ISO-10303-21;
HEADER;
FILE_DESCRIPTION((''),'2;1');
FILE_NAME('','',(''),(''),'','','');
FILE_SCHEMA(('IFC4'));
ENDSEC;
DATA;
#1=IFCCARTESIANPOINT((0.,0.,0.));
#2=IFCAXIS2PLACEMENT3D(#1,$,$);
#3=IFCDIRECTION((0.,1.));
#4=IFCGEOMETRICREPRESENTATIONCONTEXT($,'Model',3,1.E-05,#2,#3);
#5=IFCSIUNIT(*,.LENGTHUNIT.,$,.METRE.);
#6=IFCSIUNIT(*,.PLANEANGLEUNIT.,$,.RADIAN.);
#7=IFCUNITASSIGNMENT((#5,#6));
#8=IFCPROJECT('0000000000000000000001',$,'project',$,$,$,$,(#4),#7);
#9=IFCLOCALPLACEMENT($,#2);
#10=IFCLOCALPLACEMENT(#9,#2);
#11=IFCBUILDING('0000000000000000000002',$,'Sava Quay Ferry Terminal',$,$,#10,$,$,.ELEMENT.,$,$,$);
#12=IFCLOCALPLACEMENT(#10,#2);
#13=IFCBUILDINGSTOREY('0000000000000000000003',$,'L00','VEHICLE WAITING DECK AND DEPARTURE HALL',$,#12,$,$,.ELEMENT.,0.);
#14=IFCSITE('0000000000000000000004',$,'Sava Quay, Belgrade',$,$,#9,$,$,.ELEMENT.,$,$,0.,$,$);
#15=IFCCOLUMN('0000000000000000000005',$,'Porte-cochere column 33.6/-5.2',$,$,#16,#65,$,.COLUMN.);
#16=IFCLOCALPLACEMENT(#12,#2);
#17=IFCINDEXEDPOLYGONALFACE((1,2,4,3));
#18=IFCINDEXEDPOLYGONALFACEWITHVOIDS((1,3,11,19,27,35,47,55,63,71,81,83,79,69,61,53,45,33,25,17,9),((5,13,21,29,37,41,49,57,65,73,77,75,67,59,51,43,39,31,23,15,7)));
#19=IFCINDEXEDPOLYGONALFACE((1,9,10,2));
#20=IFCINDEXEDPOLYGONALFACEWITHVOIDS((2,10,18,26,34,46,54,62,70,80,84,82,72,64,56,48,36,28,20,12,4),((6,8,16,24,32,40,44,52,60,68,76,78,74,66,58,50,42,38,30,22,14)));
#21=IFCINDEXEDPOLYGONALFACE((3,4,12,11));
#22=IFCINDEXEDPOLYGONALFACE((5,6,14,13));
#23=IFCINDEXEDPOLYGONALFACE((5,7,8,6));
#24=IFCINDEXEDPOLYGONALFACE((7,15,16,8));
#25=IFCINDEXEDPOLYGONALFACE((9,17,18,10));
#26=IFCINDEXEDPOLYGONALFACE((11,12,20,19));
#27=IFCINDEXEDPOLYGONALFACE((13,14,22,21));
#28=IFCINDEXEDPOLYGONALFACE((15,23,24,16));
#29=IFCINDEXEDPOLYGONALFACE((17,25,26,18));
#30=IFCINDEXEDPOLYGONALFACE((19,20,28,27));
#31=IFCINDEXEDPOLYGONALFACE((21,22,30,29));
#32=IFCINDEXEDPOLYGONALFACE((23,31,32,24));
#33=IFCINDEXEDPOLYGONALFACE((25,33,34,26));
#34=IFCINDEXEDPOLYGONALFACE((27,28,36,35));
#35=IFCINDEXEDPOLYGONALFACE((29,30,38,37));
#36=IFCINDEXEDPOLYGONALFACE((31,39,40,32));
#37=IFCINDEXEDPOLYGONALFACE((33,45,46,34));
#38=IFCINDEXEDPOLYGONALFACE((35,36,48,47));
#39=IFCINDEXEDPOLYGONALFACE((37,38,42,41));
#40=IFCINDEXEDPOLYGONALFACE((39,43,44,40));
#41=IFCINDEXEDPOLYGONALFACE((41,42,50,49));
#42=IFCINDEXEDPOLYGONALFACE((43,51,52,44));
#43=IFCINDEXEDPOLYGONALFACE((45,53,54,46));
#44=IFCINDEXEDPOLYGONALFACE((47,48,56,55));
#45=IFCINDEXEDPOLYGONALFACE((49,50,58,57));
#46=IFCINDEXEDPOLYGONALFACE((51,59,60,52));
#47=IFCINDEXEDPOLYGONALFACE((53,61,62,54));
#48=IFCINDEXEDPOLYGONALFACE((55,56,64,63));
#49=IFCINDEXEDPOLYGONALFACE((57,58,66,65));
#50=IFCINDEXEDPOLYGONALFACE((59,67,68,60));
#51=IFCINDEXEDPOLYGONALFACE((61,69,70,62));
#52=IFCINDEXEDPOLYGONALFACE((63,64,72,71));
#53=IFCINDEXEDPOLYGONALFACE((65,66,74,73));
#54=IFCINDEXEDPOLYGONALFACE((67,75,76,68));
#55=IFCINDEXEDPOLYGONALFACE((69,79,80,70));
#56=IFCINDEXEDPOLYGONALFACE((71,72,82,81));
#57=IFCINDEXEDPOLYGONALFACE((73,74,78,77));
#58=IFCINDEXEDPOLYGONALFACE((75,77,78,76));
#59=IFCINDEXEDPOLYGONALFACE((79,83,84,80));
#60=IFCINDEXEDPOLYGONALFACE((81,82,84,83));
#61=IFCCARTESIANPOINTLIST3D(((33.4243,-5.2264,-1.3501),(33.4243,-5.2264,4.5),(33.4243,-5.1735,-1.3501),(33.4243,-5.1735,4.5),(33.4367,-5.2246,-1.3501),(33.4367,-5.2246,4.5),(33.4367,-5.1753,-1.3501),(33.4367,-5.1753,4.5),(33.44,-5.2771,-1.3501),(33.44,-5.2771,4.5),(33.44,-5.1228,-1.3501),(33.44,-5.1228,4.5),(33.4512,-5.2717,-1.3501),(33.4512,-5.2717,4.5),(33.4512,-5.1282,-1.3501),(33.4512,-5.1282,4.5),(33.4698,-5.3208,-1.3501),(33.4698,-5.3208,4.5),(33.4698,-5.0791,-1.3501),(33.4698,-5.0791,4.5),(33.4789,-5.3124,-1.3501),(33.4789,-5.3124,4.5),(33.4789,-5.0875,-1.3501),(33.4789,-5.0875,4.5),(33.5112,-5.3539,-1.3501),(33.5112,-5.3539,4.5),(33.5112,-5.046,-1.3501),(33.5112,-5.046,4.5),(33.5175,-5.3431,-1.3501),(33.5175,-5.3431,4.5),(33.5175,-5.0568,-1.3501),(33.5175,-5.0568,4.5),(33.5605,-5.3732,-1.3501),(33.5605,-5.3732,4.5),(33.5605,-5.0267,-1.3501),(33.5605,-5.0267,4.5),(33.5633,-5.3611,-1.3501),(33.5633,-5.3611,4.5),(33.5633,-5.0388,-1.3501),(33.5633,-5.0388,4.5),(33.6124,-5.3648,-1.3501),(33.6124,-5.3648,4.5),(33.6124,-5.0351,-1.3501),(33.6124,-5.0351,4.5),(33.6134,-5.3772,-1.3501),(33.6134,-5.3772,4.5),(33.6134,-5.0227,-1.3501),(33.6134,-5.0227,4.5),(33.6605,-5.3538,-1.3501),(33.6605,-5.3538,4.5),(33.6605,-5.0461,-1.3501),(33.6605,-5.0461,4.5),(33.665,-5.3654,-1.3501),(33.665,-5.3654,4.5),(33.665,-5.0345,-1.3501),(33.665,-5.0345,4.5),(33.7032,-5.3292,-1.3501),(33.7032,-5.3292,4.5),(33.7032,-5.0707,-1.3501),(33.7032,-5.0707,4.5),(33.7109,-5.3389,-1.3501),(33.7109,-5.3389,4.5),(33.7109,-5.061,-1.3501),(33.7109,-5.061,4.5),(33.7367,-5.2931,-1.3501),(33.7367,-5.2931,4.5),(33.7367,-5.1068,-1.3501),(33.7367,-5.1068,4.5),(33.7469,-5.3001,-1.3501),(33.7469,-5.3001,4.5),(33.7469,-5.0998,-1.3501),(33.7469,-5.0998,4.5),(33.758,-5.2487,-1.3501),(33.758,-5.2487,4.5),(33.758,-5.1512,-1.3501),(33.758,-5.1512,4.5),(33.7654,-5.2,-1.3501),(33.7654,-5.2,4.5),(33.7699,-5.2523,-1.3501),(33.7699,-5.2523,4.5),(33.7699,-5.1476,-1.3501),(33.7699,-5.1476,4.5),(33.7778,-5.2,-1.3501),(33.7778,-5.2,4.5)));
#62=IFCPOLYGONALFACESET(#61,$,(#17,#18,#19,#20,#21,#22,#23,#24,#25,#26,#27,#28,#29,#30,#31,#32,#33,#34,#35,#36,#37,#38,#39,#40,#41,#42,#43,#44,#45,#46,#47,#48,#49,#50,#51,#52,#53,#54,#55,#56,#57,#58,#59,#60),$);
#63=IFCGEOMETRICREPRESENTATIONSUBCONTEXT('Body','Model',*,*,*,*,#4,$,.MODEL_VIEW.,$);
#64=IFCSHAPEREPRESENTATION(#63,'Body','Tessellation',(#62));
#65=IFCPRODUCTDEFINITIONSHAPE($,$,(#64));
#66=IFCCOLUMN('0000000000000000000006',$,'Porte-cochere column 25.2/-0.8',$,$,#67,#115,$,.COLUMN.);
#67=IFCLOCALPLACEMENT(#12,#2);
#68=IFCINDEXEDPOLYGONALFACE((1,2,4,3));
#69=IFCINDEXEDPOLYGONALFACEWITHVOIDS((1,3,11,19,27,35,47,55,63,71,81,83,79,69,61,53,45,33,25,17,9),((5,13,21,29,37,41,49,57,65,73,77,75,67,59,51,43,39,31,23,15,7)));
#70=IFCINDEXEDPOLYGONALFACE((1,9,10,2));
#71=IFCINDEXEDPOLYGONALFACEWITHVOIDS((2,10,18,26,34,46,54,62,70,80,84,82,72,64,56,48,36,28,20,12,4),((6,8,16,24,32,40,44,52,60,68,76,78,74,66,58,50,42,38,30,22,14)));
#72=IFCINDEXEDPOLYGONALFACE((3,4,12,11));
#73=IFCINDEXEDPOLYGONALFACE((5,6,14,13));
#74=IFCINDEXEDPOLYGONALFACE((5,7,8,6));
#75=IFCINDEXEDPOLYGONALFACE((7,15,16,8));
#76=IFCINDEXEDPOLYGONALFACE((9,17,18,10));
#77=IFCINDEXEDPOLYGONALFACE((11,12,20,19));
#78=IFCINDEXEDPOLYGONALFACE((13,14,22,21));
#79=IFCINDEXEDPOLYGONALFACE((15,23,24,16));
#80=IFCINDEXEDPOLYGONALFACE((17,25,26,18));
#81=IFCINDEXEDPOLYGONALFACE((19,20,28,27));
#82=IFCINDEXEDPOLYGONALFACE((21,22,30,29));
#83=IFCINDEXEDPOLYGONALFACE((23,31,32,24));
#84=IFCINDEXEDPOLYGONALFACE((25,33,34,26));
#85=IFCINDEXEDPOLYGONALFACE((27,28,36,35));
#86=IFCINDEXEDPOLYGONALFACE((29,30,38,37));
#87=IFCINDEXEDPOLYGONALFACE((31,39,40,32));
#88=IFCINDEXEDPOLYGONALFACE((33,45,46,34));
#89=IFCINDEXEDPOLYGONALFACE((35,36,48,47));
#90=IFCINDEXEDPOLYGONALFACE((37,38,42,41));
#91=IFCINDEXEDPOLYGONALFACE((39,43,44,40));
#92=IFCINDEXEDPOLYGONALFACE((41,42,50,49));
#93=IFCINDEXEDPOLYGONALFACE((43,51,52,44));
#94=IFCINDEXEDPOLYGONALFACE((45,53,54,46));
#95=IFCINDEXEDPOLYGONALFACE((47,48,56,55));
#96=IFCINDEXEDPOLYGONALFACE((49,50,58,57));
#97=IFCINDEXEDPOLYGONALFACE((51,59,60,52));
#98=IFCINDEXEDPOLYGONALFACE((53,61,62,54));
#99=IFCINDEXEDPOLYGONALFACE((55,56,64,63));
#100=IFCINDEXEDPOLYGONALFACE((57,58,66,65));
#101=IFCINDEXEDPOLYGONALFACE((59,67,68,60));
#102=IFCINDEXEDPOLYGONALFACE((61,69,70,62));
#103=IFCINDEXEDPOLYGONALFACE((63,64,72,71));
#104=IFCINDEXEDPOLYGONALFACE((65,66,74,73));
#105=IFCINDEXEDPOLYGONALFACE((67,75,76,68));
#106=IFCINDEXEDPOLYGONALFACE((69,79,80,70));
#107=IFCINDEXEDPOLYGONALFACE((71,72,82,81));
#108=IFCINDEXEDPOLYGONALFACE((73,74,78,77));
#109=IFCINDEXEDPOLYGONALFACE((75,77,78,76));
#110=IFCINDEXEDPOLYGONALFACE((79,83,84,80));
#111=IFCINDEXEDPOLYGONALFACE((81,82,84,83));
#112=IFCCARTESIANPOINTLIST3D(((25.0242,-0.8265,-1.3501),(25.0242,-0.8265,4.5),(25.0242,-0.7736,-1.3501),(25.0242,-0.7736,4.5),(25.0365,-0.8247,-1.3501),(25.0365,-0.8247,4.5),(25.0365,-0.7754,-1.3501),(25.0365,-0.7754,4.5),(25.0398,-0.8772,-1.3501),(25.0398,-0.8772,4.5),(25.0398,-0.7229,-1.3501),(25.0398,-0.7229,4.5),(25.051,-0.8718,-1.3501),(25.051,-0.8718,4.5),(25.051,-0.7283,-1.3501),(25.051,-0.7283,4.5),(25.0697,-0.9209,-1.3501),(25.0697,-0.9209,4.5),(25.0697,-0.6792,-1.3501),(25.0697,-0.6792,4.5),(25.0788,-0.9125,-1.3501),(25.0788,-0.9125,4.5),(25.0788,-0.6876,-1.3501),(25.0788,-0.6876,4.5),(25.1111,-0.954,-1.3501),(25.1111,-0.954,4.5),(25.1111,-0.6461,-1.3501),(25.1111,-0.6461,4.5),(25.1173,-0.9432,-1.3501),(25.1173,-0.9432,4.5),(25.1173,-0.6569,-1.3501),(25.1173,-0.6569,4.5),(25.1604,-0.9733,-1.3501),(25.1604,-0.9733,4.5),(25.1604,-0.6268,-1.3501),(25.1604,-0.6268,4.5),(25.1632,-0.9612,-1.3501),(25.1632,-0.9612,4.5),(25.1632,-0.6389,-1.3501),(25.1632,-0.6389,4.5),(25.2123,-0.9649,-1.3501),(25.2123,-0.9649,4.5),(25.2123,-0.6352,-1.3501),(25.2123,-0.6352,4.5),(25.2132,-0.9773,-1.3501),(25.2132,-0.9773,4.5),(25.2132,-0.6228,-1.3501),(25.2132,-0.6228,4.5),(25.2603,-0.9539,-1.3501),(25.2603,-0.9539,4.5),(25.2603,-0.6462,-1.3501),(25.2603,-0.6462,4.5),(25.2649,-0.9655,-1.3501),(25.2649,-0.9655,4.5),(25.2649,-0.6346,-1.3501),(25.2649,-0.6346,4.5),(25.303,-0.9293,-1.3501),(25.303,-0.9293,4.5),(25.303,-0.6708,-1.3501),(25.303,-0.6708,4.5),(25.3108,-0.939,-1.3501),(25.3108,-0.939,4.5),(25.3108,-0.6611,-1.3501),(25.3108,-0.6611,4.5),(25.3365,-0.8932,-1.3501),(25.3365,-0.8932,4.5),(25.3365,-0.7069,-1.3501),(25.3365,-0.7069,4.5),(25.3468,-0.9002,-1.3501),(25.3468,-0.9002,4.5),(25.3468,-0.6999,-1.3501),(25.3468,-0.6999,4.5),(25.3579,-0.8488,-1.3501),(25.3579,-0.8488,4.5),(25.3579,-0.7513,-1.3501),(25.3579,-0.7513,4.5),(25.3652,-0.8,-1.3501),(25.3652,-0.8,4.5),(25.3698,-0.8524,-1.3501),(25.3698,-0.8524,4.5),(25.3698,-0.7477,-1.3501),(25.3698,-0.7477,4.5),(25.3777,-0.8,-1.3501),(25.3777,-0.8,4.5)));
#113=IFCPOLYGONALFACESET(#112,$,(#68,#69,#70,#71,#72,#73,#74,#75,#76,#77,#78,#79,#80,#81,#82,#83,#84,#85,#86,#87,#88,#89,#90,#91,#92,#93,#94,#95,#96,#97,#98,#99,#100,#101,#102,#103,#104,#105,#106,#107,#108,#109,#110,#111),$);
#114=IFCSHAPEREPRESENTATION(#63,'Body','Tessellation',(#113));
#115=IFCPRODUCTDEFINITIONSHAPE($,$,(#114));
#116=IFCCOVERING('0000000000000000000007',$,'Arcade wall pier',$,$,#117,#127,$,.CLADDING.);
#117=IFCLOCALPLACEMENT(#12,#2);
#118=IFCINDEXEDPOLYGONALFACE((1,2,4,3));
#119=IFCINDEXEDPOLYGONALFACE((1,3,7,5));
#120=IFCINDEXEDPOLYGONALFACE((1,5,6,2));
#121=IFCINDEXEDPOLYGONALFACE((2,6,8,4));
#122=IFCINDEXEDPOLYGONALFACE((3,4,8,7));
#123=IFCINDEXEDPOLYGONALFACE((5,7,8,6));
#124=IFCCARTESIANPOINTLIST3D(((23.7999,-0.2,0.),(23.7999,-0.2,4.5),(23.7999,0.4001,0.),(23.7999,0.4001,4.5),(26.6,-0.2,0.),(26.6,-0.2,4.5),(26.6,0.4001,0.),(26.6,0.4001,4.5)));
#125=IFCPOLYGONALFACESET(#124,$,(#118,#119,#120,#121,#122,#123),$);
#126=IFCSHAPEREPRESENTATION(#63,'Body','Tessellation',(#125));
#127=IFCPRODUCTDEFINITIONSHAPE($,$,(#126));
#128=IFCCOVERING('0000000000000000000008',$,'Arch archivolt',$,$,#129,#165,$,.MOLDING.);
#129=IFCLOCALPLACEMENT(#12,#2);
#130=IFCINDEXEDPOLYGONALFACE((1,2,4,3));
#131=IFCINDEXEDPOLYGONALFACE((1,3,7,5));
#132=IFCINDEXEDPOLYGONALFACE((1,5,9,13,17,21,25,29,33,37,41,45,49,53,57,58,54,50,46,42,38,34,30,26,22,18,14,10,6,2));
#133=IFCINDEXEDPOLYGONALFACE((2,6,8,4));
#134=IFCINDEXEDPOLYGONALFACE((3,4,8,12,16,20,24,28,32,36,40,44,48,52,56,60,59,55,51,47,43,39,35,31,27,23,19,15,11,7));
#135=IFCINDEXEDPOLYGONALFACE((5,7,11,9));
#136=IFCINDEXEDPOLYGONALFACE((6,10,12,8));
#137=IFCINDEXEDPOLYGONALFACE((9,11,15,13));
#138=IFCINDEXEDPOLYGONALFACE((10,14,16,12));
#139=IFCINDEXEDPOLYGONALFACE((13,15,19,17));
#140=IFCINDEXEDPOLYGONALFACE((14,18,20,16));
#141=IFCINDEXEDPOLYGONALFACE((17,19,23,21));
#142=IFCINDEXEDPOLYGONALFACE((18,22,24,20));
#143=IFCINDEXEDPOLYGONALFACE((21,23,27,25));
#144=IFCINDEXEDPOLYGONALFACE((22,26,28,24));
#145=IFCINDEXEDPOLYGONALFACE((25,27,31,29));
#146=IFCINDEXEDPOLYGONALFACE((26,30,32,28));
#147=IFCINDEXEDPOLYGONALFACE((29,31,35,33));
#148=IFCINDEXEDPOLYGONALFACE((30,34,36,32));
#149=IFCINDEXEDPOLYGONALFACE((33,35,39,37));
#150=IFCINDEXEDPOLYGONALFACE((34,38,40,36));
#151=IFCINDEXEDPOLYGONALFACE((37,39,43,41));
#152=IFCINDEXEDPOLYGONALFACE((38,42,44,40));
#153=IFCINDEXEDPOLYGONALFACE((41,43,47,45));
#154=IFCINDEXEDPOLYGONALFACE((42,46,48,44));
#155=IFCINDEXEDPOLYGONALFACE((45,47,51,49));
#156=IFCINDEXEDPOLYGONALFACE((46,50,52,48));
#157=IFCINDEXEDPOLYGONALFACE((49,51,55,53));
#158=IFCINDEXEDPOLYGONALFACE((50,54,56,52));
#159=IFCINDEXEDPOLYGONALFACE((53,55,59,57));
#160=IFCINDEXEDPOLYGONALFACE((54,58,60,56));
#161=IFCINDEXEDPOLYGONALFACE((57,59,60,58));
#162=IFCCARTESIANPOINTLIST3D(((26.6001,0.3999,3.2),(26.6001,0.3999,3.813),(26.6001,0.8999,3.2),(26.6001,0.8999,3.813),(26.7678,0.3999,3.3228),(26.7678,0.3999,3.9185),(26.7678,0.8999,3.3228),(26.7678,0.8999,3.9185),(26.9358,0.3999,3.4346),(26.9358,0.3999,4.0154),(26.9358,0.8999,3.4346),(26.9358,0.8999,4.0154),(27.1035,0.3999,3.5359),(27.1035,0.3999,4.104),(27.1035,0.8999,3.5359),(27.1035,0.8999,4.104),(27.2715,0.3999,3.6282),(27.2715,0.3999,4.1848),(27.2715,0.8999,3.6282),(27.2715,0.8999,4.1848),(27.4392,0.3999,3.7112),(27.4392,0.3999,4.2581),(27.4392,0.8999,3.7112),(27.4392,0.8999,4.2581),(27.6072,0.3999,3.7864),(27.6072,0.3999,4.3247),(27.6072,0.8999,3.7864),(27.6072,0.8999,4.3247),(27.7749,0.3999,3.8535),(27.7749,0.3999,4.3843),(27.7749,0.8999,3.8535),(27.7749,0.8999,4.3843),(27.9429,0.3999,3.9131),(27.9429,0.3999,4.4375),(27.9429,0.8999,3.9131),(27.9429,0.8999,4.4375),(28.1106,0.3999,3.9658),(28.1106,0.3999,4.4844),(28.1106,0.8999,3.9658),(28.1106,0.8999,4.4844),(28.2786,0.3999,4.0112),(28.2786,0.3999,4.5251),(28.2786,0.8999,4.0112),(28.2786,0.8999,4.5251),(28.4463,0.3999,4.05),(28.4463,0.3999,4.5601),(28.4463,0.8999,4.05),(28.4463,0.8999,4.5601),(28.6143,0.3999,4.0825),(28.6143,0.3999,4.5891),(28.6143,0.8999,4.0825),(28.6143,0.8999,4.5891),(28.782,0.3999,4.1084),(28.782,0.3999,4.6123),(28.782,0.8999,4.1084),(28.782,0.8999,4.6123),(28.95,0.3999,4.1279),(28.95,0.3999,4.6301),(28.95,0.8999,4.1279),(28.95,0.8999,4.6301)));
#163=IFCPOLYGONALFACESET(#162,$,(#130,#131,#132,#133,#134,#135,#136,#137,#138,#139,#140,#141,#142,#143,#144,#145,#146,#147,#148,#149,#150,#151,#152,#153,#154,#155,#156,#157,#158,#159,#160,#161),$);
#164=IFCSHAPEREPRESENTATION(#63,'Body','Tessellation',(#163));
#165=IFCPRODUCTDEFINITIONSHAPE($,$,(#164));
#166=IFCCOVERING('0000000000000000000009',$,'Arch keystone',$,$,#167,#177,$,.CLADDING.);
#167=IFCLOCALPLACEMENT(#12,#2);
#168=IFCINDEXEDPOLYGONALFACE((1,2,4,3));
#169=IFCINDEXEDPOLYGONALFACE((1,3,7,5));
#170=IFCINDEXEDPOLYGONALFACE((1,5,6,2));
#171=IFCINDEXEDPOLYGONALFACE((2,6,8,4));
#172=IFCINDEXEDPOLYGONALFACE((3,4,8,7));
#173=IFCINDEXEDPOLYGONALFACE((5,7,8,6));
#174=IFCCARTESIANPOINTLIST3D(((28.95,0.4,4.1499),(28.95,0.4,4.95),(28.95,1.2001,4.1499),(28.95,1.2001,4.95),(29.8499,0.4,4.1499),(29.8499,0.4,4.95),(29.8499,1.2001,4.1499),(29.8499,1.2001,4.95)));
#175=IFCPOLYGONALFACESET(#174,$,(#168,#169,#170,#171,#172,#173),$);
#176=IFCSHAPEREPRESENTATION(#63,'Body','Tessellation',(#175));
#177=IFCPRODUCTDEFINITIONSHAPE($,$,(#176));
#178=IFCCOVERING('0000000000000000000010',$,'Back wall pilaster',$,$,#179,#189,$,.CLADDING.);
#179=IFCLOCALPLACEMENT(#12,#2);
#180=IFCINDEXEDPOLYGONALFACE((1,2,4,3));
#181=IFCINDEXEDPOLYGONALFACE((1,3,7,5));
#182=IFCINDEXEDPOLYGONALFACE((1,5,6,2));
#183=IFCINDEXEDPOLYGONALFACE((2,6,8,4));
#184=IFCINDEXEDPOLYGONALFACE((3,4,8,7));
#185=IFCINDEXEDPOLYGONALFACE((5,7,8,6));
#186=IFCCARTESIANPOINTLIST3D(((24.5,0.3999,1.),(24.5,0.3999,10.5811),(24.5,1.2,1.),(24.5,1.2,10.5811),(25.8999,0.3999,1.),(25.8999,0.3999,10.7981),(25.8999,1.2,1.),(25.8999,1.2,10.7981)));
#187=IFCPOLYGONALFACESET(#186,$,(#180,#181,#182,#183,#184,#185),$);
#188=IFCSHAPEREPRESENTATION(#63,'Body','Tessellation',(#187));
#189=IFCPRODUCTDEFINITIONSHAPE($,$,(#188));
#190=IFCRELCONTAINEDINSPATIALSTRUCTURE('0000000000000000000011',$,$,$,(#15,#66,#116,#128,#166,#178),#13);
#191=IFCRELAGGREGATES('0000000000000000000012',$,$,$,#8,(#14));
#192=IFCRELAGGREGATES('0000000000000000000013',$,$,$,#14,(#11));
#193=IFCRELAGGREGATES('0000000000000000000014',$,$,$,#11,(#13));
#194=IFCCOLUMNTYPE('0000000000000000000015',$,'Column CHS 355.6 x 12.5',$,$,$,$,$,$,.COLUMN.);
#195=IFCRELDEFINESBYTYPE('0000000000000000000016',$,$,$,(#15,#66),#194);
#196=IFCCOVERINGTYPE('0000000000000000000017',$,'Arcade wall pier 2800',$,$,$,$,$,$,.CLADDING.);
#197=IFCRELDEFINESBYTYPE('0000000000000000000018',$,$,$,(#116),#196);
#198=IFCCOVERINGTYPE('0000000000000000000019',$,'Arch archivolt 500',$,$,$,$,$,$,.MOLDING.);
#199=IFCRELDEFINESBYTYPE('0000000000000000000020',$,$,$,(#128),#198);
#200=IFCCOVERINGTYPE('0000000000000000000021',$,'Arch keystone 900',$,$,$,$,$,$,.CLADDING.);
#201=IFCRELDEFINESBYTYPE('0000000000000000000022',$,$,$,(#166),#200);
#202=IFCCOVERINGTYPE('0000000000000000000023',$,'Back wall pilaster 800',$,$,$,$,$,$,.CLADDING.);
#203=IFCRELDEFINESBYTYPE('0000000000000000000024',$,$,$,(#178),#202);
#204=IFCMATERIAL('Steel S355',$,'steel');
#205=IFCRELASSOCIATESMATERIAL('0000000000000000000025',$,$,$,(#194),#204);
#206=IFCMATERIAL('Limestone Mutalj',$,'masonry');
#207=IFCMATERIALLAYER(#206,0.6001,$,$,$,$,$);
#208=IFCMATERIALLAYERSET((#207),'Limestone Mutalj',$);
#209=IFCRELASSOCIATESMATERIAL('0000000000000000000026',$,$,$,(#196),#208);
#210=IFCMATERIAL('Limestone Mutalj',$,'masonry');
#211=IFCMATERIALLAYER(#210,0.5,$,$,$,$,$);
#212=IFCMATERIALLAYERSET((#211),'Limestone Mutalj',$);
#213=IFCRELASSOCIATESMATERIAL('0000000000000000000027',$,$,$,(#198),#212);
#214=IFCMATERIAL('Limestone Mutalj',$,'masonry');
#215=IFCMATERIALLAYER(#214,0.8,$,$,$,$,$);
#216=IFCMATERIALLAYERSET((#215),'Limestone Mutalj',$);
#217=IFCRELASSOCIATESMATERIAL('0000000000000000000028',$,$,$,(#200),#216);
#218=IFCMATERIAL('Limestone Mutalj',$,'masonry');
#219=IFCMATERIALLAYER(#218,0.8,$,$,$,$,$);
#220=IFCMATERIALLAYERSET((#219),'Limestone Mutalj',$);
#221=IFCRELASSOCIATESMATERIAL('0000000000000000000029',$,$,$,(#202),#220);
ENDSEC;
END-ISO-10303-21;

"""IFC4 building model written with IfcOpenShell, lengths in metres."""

from ifc_helpers import new_model, si_unit, direction, frame, origin, origin_2d, place, context, subcontext, project, spatial, polyline, rectangle, hollow_circle, outline, extrude, material, layer, layer_set, material_profile, profile_set, type_object, element, save


model = new_model("IFC4")

# Units and contexts
model_context = context("Model", 3, precision=1e-05, world=origin(), true_north=direction((0.0, 1.0)))
body_context = subcontext(model_context, "Body", "Model", "MODEL_VIEW")
ifc_project = project(units=[si_unit("LENGTHUNIT", "METRE"), si_unit("PLANEANGLEUNIT", "RADIAN")], contexts=[model_context])

# Site, building, storey
site_placement = place(None, origin())
site = spatial("IfcSite", under=ifc_project, at=site_placement, Name="Sava Quay, Belgrade", CompositionType="ELEMENT", RefElevation=0.0)
building_placement = place(site_placement, origin())
building = spatial("IfcBuilding", under=site, at=building_placement, Name="Sava Quay Ferry Terminal", CompositionType="ELEMENT")
storey_placement = place(building_placement, origin())
storey = spatial("IfcBuildingStorey", under=building, at=storey_placement, Name="L00", Description="VEHICLE WAITING DECK AND DEPARTURE HALL", CompositionType="ELEMENT", Elevation=0.0)

# Columns
ifc_material_1 = material(Name="Steel S355", Category="steel")
ifc_material_profile_1 = material_profile(ifc_material_1, hollow_circle(Radius=0.1777, WallThickness=0.0125, at=origin_2d()), Name="CHS 355.6 x 12.5")
ifc_profile_set_1 = profile_set([ifc_material_profile_1], Name="Steel S355")
column_type = type_object("IfcColumnType", Name="Column CHS 355.6 x 12.5", PredefinedType="COLUMN", material=ifc_profile_set_1)
for number, where, z_axis, x_axis, name in (
    (1, (33.6001, -5.2, -1.3501), (0.0, 0.0, 1.0), (1.0, 0.0, 0.0), "Porte-cochere column 33.6/-5.2"),
    (2, (25.2, -0.8, -1.3501), (0.0, 0.0, 1.0), (1.0, 0.0, 0.0), "Porte-cochere column 25.2/-0.8"),
):
    element("IfcColumn", number, at=place(storey_placement, frame(where, z_axis=z_axis, x_axis=x_axis)), inside=storey, type_object=column_type, Name=name, PredefinedType="COLUMN", context=body_context, shape_type="SweptSolid", body=[
        extrude(hollow_circle(Radius=0.1777, WallThickness=0.0125, at=origin_2d()), origin(), (0.0, 0.0, 1.0), 5.8501),
    ])

# Coverings
ifc_material_2 = material(Name="Limestone Mutalj", Category="masonry")
ifc_layer_1 = layer(ifc_material_2, 0.6001)
ifc_layer_set_1 = layer_set([ifc_layer_1], Name="Limestone Mutalj")
covering_type_1 = type_object("IfcCoveringType", Name="Arcade wall pier 2800", PredefinedType="CLADDING", material=ifc_layer_set_1)
covering_1_placement = place(storey_placement, frame((25.2, 0.1001, 0.0), z_axis=(0.0, 0.0, 1.0), x_axis=(1.0, 0.0, 0.0)))
element("IfcCovering", 3, at=covering_1_placement, inside=storey, type_object=covering_type_1, Name="Arcade wall pier", PredefinedType="CLADDING", context=body_context, shape_type="SweptSolid", body=[
    extrude(rectangle(XDim=2.8, YDim=0.6001, at=origin_2d()), origin(), (0.0, 0.0, 1.0), 4.5),
])
ifc_material_3 = material(Name="Limestone Mutalj", Category="masonry")
ifc_layer_2 = layer(ifc_material_3, 0.5)
ifc_layer_set_2 = layer_set([ifc_layer_2], Name="Limestone Mutalj")
covering_type_2 = type_object("IfcCoveringType", Name="Arch archivolt 500", PredefinedType="MOLDING", material=ifc_layer_set_2)
covering_2_placement = place(storey_placement, frame((26.6001, 0.3999, 3.2), z_axis=(0.0, -1.0, 0.0), x_axis=(0.806853, 0.0, 0.590753)))
element("IfcCovering", 4, at=covering_2_placement, inside=storey, type_object=covering_type_2, Name="Arch archivolt", PredefinedType="MOLDING", context=body_context, shape_type="SweptSolid", body=[
    extrude(outline(polyline([(0.0, 0.0), (0.2079, 0.0), (0.4095, -0.009), (0.6046, -0.0263), (0.7947, -0.0511), (0.9791, -0.0832), (1.159, -0.1218), (1.334, -0.1667), (1.5047, -0.2179), (1.6712, -0.2744), (1.8335, -0.337), (1.9918, -0.4047), (2.1465, -0.4778), (2.2971, -0.556), (2.4442, -0.6394), (2.7409, -0.2342), (2.5948, -0.1494), (2.4458, -0.069), (2.2931, 0.0068), (2.1371, 0.0777), (1.9775, 0.144), (1.8145, 0.2053), (1.6475, 0.2616), (1.477, 0.3126), (1.3021, 0.358), (1.1235, 0.398), (0.9403, 0.432), (0.7526, 0.4596), (0.5598, 0.4806), (0.3622, 0.4946), (0.0, 0.0)])), origin(), (0.0, 0.0, -1.0), 0.5),
])
ifc_material_4 = material(Name="Limestone Mutalj", Category="masonry")
ifc_layer_3 = layer(ifc_material_4, 0.8)
ifc_layer_set_3 = layer_set([ifc_layer_3], Name="Limestone Mutalj")
covering_type_3 = type_object("IfcCoveringType", Name="Arch keystone 900", PredefinedType="CLADDING", material=ifc_layer_set_3)
covering_3_placement = place(storey_placement, frame((29.3999, 0.8, 4.1499), z_axis=(0.0, 0.0, 1.0), x_axis=(1.0, 0.0, 0.0)))
element("IfcCovering", 5, at=covering_3_placement, inside=storey, type_object=covering_type_3, Name="Arch keystone", PredefinedType="CLADDING", context=body_context, shape_type="SweptSolid", body=[
    extrude(rectangle(XDim=0.8999, YDim=0.8, at=origin_2d()), origin(), (0.0, 0.0, 1.0), 0.8),
])
ifc_material_5 = material(Name="Limestone Mutalj", Category="masonry")
ifc_layer_4 = layer(ifc_material_5, 0.8)
ifc_layer_set_4 = layer_set([ifc_layer_4], Name="Limestone Mutalj")
covering_type_4 = type_object("IfcCoveringType", Name="Back wall pilaster 800", PredefinedType="CLADDING", material=ifc_layer_set_4)
covering_4_placement = place(storey_placement, frame((24.5, 0.3999, 1.0), z_axis=(0.0, -1.0, 0.0), x_axis=(1.0, 0.0, 0.0)))
element("IfcCovering", 6, at=covering_4_placement, inside=storey, type_object=covering_type_4, Name="Back wall pilaster", PredefinedType="CLADDING", context=body_context, shape_type="SweptSolid", body=[
    extrude(outline(polyline([(0.0, 0.0), (1.3999, 0.0), (1.3999, 9.7981), (0.0, 9.5811), (0.0, 0.0)])), origin(), (0.0, 0.0, -1.0), 0.8),
])

save(model, "model.ifc")
